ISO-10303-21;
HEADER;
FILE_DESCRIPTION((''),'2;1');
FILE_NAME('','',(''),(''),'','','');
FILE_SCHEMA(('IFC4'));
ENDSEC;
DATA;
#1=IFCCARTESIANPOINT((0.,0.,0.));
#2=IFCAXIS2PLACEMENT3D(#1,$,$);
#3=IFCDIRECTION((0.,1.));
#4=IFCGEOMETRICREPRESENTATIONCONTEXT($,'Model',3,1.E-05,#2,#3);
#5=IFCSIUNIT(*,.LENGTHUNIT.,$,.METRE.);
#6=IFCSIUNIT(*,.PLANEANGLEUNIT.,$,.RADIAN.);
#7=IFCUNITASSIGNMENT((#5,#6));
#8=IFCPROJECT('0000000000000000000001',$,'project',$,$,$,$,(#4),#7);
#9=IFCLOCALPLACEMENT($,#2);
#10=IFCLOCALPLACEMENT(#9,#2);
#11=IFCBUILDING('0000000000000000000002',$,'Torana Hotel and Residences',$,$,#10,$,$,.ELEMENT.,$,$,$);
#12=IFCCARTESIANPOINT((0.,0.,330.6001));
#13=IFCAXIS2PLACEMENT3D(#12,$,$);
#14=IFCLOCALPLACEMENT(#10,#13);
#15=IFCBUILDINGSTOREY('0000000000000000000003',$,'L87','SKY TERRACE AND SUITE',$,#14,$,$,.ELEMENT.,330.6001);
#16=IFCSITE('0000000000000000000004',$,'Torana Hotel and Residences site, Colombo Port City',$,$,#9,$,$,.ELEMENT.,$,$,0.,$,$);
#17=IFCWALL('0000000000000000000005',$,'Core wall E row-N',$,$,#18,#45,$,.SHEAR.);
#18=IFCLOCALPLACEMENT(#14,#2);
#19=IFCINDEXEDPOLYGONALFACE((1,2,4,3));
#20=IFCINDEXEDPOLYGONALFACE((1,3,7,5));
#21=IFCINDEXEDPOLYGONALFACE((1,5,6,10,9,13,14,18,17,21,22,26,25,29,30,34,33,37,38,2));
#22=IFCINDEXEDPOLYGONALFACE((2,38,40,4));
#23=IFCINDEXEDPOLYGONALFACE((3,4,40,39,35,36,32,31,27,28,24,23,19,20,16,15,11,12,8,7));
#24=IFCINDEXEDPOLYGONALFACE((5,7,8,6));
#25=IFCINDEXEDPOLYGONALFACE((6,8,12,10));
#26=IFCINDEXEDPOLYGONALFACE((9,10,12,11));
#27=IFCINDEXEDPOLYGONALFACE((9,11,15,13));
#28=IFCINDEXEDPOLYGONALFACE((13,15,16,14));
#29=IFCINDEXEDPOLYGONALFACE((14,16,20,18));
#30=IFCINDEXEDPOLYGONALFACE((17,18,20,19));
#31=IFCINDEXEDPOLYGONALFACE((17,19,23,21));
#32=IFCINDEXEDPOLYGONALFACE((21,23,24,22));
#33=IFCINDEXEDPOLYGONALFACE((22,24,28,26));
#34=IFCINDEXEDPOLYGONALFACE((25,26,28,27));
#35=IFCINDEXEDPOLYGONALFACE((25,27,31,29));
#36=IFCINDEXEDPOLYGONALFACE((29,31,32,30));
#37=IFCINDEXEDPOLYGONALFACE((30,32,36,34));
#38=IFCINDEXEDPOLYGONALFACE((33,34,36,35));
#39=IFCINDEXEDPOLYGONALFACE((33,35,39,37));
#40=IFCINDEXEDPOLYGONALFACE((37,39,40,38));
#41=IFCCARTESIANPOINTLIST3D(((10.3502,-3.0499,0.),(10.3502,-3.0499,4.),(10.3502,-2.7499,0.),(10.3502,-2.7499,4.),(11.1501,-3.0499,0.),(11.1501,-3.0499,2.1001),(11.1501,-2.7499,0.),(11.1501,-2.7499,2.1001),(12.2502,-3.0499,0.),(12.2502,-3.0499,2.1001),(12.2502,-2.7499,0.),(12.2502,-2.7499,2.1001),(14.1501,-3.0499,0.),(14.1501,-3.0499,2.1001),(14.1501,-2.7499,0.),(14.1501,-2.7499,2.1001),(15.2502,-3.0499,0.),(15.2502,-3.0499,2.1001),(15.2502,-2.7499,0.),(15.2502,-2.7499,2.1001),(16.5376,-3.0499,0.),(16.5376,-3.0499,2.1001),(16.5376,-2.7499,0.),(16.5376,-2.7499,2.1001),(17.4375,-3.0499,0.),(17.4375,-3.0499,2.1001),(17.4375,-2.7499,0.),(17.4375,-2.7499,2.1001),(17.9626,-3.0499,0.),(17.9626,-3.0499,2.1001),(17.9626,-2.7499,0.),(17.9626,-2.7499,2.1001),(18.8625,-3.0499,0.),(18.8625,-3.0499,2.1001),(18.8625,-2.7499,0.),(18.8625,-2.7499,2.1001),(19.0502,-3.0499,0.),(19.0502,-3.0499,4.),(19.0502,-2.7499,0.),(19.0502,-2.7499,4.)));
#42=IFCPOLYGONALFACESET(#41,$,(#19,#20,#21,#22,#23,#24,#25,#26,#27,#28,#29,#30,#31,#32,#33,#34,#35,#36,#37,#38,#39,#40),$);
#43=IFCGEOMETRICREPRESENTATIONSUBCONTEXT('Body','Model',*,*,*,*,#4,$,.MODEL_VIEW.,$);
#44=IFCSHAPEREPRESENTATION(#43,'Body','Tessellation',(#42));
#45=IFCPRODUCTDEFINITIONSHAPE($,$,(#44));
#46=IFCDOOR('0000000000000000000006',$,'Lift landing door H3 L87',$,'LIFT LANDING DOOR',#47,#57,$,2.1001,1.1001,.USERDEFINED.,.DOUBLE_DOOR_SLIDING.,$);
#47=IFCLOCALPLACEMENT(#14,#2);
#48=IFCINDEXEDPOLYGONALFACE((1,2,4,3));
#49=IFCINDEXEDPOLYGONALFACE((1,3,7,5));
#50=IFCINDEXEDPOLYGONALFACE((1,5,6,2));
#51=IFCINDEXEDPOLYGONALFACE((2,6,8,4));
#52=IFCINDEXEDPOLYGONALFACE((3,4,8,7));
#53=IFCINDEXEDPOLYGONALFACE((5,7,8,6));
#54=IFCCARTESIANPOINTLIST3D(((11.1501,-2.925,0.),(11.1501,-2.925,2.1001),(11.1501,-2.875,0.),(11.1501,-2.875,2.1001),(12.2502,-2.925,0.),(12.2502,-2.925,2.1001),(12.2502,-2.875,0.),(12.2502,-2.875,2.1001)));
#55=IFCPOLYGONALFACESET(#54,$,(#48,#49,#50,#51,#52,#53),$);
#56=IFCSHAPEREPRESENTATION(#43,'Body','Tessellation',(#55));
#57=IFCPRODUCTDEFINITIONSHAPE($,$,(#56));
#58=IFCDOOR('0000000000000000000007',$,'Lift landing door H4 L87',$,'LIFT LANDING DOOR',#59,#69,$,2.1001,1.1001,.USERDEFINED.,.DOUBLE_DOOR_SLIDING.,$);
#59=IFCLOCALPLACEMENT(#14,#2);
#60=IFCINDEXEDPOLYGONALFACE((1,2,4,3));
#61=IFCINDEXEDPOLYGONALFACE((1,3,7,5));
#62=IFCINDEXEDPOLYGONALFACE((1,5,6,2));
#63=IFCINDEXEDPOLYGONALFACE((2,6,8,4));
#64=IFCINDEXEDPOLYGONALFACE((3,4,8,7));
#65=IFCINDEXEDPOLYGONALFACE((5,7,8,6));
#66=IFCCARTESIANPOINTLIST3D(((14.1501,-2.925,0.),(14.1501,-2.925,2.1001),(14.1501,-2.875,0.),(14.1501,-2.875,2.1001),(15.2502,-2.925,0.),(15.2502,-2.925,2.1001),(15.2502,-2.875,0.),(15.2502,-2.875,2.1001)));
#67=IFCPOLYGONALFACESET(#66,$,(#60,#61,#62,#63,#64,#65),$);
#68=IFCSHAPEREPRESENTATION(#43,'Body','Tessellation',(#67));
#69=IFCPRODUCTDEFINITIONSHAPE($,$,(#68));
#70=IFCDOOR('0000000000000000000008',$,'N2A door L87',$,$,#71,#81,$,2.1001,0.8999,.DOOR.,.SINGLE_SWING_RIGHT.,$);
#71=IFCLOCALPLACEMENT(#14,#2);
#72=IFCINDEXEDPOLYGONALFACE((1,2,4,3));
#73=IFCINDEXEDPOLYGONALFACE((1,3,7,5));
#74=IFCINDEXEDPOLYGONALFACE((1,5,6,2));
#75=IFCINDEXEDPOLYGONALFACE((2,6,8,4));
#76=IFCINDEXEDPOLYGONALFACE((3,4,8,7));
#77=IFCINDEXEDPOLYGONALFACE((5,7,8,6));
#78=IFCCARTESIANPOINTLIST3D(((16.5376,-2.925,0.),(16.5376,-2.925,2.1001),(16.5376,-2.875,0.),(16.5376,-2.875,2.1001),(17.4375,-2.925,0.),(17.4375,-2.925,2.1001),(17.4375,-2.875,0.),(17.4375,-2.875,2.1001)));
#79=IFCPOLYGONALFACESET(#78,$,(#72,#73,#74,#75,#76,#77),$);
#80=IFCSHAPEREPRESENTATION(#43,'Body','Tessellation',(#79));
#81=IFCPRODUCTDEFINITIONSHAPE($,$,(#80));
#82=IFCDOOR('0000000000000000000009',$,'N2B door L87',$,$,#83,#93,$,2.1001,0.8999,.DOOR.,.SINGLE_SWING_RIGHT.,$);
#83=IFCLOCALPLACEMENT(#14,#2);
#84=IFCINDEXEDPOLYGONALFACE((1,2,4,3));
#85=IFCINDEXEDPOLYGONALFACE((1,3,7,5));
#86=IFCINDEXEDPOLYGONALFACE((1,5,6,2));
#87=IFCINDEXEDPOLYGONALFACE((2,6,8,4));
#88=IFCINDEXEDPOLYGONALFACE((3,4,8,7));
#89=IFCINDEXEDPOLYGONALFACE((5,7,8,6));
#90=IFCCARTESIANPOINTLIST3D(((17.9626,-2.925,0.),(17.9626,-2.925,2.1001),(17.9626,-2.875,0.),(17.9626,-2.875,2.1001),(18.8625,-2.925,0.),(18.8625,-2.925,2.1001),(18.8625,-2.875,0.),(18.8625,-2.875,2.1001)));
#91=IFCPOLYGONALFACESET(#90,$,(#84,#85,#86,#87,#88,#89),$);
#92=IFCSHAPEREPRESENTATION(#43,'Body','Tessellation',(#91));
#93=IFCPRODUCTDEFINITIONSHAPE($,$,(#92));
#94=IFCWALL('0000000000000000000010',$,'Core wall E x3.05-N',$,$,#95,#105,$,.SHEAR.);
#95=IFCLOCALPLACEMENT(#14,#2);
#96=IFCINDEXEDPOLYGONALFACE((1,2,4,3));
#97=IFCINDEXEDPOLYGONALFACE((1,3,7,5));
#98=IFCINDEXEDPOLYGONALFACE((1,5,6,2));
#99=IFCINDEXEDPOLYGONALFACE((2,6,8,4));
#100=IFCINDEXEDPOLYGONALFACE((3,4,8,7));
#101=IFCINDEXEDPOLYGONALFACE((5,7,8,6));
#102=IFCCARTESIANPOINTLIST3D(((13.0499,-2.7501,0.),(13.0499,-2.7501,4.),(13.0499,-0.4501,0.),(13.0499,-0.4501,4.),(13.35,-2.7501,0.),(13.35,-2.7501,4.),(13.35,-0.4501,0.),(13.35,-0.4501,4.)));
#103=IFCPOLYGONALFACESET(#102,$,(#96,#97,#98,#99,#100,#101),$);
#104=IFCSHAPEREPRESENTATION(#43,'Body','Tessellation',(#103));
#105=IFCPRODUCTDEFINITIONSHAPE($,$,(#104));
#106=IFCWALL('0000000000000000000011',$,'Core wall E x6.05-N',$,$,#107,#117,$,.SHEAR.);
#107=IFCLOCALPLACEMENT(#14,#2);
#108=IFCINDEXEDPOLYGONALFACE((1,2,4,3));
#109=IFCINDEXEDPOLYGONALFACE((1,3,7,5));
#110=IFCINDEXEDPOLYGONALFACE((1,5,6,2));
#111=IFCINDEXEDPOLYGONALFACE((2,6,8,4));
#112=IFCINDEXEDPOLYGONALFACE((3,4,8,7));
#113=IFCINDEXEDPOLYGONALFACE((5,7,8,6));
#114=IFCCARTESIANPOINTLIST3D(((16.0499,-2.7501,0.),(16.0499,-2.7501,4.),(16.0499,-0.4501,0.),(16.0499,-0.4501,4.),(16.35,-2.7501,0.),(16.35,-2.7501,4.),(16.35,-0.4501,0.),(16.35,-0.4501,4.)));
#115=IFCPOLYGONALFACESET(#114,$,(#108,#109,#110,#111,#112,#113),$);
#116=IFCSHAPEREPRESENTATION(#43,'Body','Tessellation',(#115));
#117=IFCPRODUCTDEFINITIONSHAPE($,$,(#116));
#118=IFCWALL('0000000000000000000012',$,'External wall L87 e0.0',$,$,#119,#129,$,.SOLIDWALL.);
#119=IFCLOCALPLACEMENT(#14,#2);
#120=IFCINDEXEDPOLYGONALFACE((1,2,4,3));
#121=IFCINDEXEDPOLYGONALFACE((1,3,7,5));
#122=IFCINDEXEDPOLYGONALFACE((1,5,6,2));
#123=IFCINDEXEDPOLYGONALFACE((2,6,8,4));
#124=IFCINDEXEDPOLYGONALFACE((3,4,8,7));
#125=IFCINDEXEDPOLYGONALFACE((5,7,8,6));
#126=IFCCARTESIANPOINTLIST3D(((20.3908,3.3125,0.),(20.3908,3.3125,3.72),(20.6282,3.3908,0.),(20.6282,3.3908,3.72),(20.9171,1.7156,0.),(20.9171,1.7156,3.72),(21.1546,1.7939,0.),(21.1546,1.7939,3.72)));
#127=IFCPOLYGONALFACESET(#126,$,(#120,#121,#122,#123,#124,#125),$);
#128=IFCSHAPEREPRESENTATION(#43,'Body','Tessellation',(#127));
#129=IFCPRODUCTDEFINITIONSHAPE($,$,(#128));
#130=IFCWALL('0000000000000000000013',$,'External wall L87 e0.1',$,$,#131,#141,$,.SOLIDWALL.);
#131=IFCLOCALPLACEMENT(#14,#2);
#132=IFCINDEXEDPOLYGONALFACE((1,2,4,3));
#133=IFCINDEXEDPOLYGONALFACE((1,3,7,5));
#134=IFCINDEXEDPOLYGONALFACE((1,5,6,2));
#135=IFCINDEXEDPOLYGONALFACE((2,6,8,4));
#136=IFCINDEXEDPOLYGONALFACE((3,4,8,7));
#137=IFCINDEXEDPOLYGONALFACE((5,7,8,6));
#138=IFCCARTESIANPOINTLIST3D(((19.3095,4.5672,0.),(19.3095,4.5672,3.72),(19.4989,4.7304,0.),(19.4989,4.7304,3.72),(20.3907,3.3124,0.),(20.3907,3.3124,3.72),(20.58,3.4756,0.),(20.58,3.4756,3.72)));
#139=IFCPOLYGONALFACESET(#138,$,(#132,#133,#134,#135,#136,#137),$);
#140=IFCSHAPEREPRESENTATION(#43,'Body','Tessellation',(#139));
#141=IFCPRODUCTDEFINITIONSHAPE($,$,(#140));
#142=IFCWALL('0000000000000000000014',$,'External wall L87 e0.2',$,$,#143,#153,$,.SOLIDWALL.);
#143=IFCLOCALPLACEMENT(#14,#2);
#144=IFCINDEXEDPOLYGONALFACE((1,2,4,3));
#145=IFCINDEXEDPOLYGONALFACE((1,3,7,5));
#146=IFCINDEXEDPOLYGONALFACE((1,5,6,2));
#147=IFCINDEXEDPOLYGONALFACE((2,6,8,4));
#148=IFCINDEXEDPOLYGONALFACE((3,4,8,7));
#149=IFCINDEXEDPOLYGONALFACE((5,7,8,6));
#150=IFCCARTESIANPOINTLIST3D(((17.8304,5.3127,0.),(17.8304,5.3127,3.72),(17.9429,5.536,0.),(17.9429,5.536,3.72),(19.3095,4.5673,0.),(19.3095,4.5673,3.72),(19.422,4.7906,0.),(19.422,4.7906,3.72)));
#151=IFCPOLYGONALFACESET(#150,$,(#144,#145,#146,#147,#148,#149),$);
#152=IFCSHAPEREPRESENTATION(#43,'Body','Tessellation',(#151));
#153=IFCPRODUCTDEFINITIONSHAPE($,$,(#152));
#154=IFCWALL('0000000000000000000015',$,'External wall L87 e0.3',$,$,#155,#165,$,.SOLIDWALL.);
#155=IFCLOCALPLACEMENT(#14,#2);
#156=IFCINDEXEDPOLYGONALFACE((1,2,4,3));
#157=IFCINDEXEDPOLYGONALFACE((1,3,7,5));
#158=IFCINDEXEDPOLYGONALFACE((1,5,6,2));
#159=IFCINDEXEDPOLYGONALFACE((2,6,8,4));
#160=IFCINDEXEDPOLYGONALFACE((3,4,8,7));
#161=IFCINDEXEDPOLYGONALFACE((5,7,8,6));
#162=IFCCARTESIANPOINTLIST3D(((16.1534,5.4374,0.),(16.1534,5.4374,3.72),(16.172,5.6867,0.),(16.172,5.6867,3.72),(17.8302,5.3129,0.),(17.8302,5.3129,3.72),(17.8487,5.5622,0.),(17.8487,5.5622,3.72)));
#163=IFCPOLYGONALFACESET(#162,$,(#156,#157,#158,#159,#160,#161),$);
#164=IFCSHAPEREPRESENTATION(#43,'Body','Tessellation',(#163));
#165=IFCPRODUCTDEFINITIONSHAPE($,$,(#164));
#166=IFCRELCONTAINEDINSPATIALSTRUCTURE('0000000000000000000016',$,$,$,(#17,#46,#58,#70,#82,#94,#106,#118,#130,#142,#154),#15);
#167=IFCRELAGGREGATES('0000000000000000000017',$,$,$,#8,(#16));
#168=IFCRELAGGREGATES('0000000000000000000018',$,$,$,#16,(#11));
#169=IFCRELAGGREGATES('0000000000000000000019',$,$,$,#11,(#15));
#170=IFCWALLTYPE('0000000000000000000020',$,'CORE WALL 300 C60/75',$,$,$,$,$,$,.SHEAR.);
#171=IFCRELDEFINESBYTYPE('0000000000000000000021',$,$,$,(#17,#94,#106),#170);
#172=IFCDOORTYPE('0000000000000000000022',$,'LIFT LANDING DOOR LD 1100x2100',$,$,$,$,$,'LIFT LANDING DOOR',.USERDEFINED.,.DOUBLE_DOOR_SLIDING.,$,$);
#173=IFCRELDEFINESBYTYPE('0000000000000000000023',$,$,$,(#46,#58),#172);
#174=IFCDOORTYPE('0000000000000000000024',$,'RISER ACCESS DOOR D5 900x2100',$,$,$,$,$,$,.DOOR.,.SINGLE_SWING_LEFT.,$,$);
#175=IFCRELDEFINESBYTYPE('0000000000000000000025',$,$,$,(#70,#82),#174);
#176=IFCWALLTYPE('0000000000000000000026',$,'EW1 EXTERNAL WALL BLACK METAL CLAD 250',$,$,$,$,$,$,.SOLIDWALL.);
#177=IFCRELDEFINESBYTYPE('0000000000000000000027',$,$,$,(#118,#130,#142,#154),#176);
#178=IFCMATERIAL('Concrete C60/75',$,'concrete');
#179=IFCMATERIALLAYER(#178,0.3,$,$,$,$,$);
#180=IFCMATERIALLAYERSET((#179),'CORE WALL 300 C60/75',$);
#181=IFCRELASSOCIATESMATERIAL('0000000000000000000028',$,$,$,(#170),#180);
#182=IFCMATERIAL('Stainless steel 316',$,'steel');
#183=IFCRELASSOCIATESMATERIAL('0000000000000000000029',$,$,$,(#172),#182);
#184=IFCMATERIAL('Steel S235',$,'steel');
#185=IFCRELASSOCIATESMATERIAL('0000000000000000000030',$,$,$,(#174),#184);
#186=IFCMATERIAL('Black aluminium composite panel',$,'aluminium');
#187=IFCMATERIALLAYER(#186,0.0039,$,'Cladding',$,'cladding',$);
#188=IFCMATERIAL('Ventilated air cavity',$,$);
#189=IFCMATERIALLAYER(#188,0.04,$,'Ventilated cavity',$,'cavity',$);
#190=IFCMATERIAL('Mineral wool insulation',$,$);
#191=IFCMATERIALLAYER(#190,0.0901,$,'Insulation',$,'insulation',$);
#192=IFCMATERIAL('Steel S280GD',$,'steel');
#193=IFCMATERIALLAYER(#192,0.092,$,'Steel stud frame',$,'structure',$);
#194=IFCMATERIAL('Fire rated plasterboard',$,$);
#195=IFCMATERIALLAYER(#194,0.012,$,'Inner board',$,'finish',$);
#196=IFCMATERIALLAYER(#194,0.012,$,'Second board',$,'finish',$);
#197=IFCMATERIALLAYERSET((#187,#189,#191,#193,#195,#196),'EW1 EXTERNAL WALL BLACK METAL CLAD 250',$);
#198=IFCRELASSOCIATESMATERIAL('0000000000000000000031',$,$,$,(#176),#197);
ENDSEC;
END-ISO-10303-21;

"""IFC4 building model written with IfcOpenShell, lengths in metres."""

from ifc_helpers import new_model, si_unit, direction, frame, frame_2d, origin, place, context, subcontext, project, spatial, rectangle, extrude, material, layer, layer_set, type_object, element, fill, save


model = new_model("IFC4")

# Units and contexts
model_context = context("Model", 3, precision=1e-05, world=origin(), true_north=direction((0.0, 1.0)))
body_context = subcontext(model_context, "Body", "Model", "MODEL_VIEW")
ifc_project = project(units=[si_unit("LENGTHUNIT", "METRE"), si_unit("PLANEANGLEUNIT", "RADIAN")], contexts=[model_context])

# Site, building, storey
site_placement = place(None, origin())
site = spatial("IfcSite", under=ifc_project, at=site_placement, Name="Torana Hotel and Residences site, Colombo Port City", CompositionType="ELEMENT", RefElevation=0.0)
building_placement = place(site_placement, origin())
building = spatial("IfcBuilding", under=site, at=building_placement, Name="Torana Hotel and Residences", CompositionType="ELEMENT")
storey_placement = place(building_placement, frame((0.0, 0.0, 330.6001)))
storey = spatial("IfcBuildingStorey", under=building, at=storey_placement, Name="L87", Description="SKY TERRACE AND SUITE", CompositionType="ELEMENT", Elevation=330.6001)

# Wall, openings, doors
ifc_material_1 = material(Name="Concrete C60/75", Category="concrete")
ifc_layer_1 = layer(ifc_material_1, 0.3)
ifc_layer_set_1 = layer_set([ifc_layer_1], Name="CORE WALL 300 C60/75")
wall_type_1 = type_object("IfcWallType", Name="CORE WALL 300 C60/75", PredefinedType="SHEAR", material=ifc_layer_set_1)
wall_1_placement = place(storey_placement, frame((10.3501, -2.8999, 0.0), z_axis=(0.0, 0.0, 1.0), x_axis=(1.0, 0.0, 0.0)))
wall_1 = element("IfcWall", 1, at=wall_1_placement, inside=storey, type_object=wall_type_1, Name="Core wall E row-N", PredefinedType="SHEAR", context=body_context, shape_type="SweptSolid", body=[
    extrude(rectangle(XDim=8.7, YDim=0.3, at=frame_2d((4.3501, 0.0))), origin(), (0.0, 0.0, 1.0), 4.0),
])
opening_1_placement = place(wall_1_placement, frame((0.8, 0.0, 0.0)))
opening_1 = element("IfcOpeningElement", 2, at=opening_1_placement, cuts=wall_1, PredefinedType="OPENING", context=body_context, shape_type="SweptSolid", body=[
    extrude(rectangle(XDim=1.1001, YDim=2.1001, at=frame_2d((0.55, 1.05))), frame((0.0, 0.1599, 0.0), z_axis=(0.0, -1.0, 0.0), x_axis=(1.0, 0.0, 0.0)), (0.0, 0.0, 1.0), 0.3201),
])
opening_2_placement = place(wall_1_placement, frame((3.8, 0.0, 0.0)))
opening_2 = element("IfcOpeningElement", 3, at=opening_2_placement, cuts=wall_1, PredefinedType="OPENING", context=body_context, shape_type="SweptSolid", body=[
    extrude(rectangle(XDim=1.1001, YDim=2.1001, at=frame_2d((0.55, 1.05))), frame((0.0, 0.1599, 0.0), z_axis=(0.0, -1.0, 0.0), x_axis=(1.0, 0.0, 0.0)), (0.0, 0.0, 1.0), 0.3201),
])
opening_3_placement = place(wall_1_placement, frame((6.1875, 0.0, 0.0)))
opening_3 = element("IfcOpeningElement", 4, at=opening_3_placement, cuts=wall_1, PredefinedType="OPENING", context=body_context, shape_type="SweptSolid", body=[
    extrude(rectangle(XDim=0.8999, YDim=2.1001, at=frame_2d((0.45, 1.05))), frame((0.0, 0.1599, 0.0), z_axis=(0.0, -1.0, 0.0), x_axis=(1.0, 0.0, 0.0)), (0.0, 0.0, 1.0), 0.3201),
])
opening_4_placement = place(wall_1_placement, frame((7.6125, 0.0, 0.0)))
opening_4 = element("IfcOpeningElement", 5, at=opening_4_placement, cuts=wall_1, PredefinedType="OPENING", context=body_context, shape_type="SweptSolid", body=[
    extrude(rectangle(XDim=0.8999, YDim=2.1001, at=frame_2d((0.45, 1.05))), frame((0.0, 0.1599, 0.0), z_axis=(0.0, -1.0, 0.0), x_axis=(1.0, 0.0, 0.0)), (0.0, 0.0, 1.0), 0.3201),
])
ifc_material_2 = material(Name="Stainless steel 316", Category="steel")
door_type_1 = type_object("IfcDoorType", Name="LIFT LANDING DOOR LD 1100x2100", ElementType="LIFT LANDING DOOR", OperationType="DOUBLE_DOOR_SLIDING", PredefinedType="USERDEFINED", material=ifc_material_2)
door_1_placement = place(opening_1_placement, origin())
door_1 = element("IfcDoor", 6, at=door_1_placement, inside=storey, type_object=door_type_1, Name="Lift landing door H3 L87", ObjectType="LIFT LANDING DOOR", OperationType="DOUBLE_DOOR_SLIDING", OverallHeight=2.1001, OverallWidth=1.1001, PredefinedType="USERDEFINED", context=body_context, shape_type="SweptSolid", body=[
    extrude(rectangle(XDim=1.1001, YDim=2.1001, at=frame_2d((0.55, 1.05))), frame((0.0, 0.0249, 0.0), z_axis=(0.0, -1.0, 0.0), x_axis=(1.0, 0.0, 0.0)), (0.0, 0.0, 1.0), 0.05),
])
fill(opening_1, door_1)
door_2_placement = place(opening_2_placement, origin())
door_2 = element("IfcDoor", 7, at=door_2_placement, inside=storey, type_object=door_type_1, Name="Lift landing door H4 L87", ObjectType="LIFT LANDING DOOR", OperationType="DOUBLE_DOOR_SLIDING", OverallHeight=2.1001, OverallWidth=1.1001, PredefinedType="USERDEFINED", context=body_context, shape_type="SweptSolid", body=[
    extrude(rectangle(XDim=1.1001, YDim=2.1001, at=frame_2d((0.55, 1.05))), frame((0.0, 0.0249, 0.0), z_axis=(0.0, -1.0, 0.0), x_axis=(1.0, 0.0, 0.0)), (0.0, 0.0, 1.0), 0.05),
])
fill(opening_2, door_2)
ifc_material_3 = material(Name="Steel S235", Category="steel")
door_type_2 = type_object("IfcDoorType", Name="RISER ACCESS DOOR D5 900x2100", OperationType="SINGLE_SWING_LEFT", PredefinedType="DOOR", material=ifc_material_3)
door_3_placement = place(opening_3_placement, origin())
door_3 = element("IfcDoor", 8, at=door_3_placement, inside=storey, type_object=door_type_2, Name="N2A door L87", OperationType="SINGLE_SWING_RIGHT", OverallHeight=2.1001, OverallWidth=0.8999, PredefinedType="DOOR", context=body_context, shape_type="SweptSolid", body=[
    extrude(rectangle(XDim=0.8999, YDim=2.1001, at=frame_2d((0.45, 1.05))), frame((0.0, 0.0249, 0.0), z_axis=(0.0, -1.0, 0.0), x_axis=(1.0, 0.0, 0.0)), (0.0, 0.0, 1.0), 0.05),
])
fill(opening_3, door_3)
door_4_placement = place(opening_4_placement, origin())
door_4 = element("IfcDoor", 9, at=door_4_placement, inside=storey, type_object=door_type_2, Name="N2B door L87", OperationType="SINGLE_SWING_RIGHT", OverallHeight=2.1001, OverallWidth=0.8999, PredefinedType="DOOR", context=body_context, shape_type="SweptSolid", body=[
    extrude(rectangle(XDim=0.8999, YDim=2.1001, at=frame_2d((0.45, 1.05))), frame((0.0, 0.0249, 0.0), z_axis=(0.0, -1.0, 0.0), x_axis=(1.0, 0.0, 0.0)), (0.0, 0.0, 1.0), 0.05),
])
fill(opening_4, door_4)

# Walls
for number, where, z_axis, x_axis, name in (
    (10, (13.2, -2.75, 0.0), (0.0, 0.0, 1.0), (0.0, 1.0, 0.0), "Core wall E x3.05-N"),
    (11, (16.2, -2.75, 0.0), (0.0, 0.0, 1.0), (0.0, 1.0, 0.0), "Core wall E x6.05-N"),
):
    element("IfcWall", number, at=place(storey_placement, frame(where, z_axis=z_axis, x_axis=x_axis)), inside=storey, type_object=wall_type_1, Name=name, PredefinedType="SHEAR", context=body_context, shape_type="SweptSolid", body=[
        extrude(rectangle(XDim=2.3, YDim=0.3, at=frame_2d((1.1499, 0.0))), origin(), (0.0, 0.0, 1.0), 4.0),
    ])
ifc_material_4 = material(Name="Black aluminium composite panel", Category="aluminium")
ifc_layer_2 = layer(ifc_material_4, 0.0039, Name="Cladding", Category="cladding")
ifc_material_5 = material(Name="Ventilated air cavity")
ifc_layer_3 = layer(ifc_material_5, 0.04, Name="Ventilated cavity", Category="cavity")
ifc_material_6 = material(Name="Mineral wool insulation")
ifc_layer_4 = layer(ifc_material_6, 0.0901, Name="Insulation", Category="insulation")
ifc_material_7 = material(Name="Steel S280GD", Category="steel")
ifc_layer_5 = layer(ifc_material_7, 0.092, Name="Steel stud frame", Category="structure")
ifc_material_8 = material(Name="Fire rated plasterboard")
ifc_layer_6 = layer(ifc_material_8, 0.012, Name="Inner board", Category="finish")
ifc_layer_7 = layer(ifc_material_8, 0.012, Name="Second board", Category="finish")
ifc_layer_set_2 = layer_set([ifc_layer_2, ifc_layer_3, ifc_layer_4, ifc_layer_5, ifc_layer_6, ifc_layer_7], Name="EW1 EXTERNAL WALL BLACK METAL CLAD 250")
wall_type_2 = type_object("IfcWallType", Name="EW1 EXTERNAL WALL BLACK METAL CLAD 250", PredefinedType="SOLIDWALL", material=ifc_layer_set_2)
wall_2_placement = place(storey_placement, frame((21.0359, 1.7546, 0.0), z_axis=(0.0, 0.0, 1.0), x_axis=(-0.313046, 0.949738, 0.0)))
element("IfcWall", 12, at=wall_2_placement, inside=storey, type_object=wall_type_2, Name="External wall L87 e0.0", PredefinedType="SOLIDWALL", context=body_context, shape_type="SweptSolid", body=[
    extrude(rectangle(XDim=1.6814, YDim=0.25, at=frame_2d((0.8408, 0.0))), origin(), (0.0, 0.0, 1.0), 3.72),
])
for number, where, z_axis, x_axis, name in (
    (13, (20.4854, 3.394, 0.0), (0.0, 0.0, 1.0), (-0.652756, 0.757568, 0.0), "External wall L87 e0.1"),
    (14, (19.3657, 4.679, 0.0), (0.0, 0.0, 1.0), (-0.893008, 0.450042, 0.0), "External wall L87 e0.2"),
):
    element("IfcWall", number, at=place(storey_placement, frame(where, z_axis=z_axis, x_axis=x_axis)), inside=storey, type_object=wall_type_2, Name=name, PredefinedType="SOLIDWALL", context=body_context, shape_type="SweptSolid", body=[
        extrude(rectangle(XDim=1.6562, YDim=0.25, at=frame_2d((0.8281, 0.0))), origin(), (0.0, 0.0, 1.0), 3.72),
    ])
wall_3_placement = place(storey_placement, frame((17.8396, 5.4375, 0.0), z_axis=(0.0, 0.0, 1.0), x_axis=(-0.997254, 0.074054, 0.0)))
element("IfcWall", 15, at=wall_3_placement, inside=storey, type_object=wall_type_2, Name="External wall L87 e0.3", PredefinedType="SOLIDWALL", context=body_context, shape_type="SweptSolid", body=[
    extrude(rectangle(XDim=1.6814, YDim=0.25, at=frame_2d((0.8408, 0.0))), origin(), (0.0, 0.0, 1.0), 3.72),
])

save(model, "model.ifc")
